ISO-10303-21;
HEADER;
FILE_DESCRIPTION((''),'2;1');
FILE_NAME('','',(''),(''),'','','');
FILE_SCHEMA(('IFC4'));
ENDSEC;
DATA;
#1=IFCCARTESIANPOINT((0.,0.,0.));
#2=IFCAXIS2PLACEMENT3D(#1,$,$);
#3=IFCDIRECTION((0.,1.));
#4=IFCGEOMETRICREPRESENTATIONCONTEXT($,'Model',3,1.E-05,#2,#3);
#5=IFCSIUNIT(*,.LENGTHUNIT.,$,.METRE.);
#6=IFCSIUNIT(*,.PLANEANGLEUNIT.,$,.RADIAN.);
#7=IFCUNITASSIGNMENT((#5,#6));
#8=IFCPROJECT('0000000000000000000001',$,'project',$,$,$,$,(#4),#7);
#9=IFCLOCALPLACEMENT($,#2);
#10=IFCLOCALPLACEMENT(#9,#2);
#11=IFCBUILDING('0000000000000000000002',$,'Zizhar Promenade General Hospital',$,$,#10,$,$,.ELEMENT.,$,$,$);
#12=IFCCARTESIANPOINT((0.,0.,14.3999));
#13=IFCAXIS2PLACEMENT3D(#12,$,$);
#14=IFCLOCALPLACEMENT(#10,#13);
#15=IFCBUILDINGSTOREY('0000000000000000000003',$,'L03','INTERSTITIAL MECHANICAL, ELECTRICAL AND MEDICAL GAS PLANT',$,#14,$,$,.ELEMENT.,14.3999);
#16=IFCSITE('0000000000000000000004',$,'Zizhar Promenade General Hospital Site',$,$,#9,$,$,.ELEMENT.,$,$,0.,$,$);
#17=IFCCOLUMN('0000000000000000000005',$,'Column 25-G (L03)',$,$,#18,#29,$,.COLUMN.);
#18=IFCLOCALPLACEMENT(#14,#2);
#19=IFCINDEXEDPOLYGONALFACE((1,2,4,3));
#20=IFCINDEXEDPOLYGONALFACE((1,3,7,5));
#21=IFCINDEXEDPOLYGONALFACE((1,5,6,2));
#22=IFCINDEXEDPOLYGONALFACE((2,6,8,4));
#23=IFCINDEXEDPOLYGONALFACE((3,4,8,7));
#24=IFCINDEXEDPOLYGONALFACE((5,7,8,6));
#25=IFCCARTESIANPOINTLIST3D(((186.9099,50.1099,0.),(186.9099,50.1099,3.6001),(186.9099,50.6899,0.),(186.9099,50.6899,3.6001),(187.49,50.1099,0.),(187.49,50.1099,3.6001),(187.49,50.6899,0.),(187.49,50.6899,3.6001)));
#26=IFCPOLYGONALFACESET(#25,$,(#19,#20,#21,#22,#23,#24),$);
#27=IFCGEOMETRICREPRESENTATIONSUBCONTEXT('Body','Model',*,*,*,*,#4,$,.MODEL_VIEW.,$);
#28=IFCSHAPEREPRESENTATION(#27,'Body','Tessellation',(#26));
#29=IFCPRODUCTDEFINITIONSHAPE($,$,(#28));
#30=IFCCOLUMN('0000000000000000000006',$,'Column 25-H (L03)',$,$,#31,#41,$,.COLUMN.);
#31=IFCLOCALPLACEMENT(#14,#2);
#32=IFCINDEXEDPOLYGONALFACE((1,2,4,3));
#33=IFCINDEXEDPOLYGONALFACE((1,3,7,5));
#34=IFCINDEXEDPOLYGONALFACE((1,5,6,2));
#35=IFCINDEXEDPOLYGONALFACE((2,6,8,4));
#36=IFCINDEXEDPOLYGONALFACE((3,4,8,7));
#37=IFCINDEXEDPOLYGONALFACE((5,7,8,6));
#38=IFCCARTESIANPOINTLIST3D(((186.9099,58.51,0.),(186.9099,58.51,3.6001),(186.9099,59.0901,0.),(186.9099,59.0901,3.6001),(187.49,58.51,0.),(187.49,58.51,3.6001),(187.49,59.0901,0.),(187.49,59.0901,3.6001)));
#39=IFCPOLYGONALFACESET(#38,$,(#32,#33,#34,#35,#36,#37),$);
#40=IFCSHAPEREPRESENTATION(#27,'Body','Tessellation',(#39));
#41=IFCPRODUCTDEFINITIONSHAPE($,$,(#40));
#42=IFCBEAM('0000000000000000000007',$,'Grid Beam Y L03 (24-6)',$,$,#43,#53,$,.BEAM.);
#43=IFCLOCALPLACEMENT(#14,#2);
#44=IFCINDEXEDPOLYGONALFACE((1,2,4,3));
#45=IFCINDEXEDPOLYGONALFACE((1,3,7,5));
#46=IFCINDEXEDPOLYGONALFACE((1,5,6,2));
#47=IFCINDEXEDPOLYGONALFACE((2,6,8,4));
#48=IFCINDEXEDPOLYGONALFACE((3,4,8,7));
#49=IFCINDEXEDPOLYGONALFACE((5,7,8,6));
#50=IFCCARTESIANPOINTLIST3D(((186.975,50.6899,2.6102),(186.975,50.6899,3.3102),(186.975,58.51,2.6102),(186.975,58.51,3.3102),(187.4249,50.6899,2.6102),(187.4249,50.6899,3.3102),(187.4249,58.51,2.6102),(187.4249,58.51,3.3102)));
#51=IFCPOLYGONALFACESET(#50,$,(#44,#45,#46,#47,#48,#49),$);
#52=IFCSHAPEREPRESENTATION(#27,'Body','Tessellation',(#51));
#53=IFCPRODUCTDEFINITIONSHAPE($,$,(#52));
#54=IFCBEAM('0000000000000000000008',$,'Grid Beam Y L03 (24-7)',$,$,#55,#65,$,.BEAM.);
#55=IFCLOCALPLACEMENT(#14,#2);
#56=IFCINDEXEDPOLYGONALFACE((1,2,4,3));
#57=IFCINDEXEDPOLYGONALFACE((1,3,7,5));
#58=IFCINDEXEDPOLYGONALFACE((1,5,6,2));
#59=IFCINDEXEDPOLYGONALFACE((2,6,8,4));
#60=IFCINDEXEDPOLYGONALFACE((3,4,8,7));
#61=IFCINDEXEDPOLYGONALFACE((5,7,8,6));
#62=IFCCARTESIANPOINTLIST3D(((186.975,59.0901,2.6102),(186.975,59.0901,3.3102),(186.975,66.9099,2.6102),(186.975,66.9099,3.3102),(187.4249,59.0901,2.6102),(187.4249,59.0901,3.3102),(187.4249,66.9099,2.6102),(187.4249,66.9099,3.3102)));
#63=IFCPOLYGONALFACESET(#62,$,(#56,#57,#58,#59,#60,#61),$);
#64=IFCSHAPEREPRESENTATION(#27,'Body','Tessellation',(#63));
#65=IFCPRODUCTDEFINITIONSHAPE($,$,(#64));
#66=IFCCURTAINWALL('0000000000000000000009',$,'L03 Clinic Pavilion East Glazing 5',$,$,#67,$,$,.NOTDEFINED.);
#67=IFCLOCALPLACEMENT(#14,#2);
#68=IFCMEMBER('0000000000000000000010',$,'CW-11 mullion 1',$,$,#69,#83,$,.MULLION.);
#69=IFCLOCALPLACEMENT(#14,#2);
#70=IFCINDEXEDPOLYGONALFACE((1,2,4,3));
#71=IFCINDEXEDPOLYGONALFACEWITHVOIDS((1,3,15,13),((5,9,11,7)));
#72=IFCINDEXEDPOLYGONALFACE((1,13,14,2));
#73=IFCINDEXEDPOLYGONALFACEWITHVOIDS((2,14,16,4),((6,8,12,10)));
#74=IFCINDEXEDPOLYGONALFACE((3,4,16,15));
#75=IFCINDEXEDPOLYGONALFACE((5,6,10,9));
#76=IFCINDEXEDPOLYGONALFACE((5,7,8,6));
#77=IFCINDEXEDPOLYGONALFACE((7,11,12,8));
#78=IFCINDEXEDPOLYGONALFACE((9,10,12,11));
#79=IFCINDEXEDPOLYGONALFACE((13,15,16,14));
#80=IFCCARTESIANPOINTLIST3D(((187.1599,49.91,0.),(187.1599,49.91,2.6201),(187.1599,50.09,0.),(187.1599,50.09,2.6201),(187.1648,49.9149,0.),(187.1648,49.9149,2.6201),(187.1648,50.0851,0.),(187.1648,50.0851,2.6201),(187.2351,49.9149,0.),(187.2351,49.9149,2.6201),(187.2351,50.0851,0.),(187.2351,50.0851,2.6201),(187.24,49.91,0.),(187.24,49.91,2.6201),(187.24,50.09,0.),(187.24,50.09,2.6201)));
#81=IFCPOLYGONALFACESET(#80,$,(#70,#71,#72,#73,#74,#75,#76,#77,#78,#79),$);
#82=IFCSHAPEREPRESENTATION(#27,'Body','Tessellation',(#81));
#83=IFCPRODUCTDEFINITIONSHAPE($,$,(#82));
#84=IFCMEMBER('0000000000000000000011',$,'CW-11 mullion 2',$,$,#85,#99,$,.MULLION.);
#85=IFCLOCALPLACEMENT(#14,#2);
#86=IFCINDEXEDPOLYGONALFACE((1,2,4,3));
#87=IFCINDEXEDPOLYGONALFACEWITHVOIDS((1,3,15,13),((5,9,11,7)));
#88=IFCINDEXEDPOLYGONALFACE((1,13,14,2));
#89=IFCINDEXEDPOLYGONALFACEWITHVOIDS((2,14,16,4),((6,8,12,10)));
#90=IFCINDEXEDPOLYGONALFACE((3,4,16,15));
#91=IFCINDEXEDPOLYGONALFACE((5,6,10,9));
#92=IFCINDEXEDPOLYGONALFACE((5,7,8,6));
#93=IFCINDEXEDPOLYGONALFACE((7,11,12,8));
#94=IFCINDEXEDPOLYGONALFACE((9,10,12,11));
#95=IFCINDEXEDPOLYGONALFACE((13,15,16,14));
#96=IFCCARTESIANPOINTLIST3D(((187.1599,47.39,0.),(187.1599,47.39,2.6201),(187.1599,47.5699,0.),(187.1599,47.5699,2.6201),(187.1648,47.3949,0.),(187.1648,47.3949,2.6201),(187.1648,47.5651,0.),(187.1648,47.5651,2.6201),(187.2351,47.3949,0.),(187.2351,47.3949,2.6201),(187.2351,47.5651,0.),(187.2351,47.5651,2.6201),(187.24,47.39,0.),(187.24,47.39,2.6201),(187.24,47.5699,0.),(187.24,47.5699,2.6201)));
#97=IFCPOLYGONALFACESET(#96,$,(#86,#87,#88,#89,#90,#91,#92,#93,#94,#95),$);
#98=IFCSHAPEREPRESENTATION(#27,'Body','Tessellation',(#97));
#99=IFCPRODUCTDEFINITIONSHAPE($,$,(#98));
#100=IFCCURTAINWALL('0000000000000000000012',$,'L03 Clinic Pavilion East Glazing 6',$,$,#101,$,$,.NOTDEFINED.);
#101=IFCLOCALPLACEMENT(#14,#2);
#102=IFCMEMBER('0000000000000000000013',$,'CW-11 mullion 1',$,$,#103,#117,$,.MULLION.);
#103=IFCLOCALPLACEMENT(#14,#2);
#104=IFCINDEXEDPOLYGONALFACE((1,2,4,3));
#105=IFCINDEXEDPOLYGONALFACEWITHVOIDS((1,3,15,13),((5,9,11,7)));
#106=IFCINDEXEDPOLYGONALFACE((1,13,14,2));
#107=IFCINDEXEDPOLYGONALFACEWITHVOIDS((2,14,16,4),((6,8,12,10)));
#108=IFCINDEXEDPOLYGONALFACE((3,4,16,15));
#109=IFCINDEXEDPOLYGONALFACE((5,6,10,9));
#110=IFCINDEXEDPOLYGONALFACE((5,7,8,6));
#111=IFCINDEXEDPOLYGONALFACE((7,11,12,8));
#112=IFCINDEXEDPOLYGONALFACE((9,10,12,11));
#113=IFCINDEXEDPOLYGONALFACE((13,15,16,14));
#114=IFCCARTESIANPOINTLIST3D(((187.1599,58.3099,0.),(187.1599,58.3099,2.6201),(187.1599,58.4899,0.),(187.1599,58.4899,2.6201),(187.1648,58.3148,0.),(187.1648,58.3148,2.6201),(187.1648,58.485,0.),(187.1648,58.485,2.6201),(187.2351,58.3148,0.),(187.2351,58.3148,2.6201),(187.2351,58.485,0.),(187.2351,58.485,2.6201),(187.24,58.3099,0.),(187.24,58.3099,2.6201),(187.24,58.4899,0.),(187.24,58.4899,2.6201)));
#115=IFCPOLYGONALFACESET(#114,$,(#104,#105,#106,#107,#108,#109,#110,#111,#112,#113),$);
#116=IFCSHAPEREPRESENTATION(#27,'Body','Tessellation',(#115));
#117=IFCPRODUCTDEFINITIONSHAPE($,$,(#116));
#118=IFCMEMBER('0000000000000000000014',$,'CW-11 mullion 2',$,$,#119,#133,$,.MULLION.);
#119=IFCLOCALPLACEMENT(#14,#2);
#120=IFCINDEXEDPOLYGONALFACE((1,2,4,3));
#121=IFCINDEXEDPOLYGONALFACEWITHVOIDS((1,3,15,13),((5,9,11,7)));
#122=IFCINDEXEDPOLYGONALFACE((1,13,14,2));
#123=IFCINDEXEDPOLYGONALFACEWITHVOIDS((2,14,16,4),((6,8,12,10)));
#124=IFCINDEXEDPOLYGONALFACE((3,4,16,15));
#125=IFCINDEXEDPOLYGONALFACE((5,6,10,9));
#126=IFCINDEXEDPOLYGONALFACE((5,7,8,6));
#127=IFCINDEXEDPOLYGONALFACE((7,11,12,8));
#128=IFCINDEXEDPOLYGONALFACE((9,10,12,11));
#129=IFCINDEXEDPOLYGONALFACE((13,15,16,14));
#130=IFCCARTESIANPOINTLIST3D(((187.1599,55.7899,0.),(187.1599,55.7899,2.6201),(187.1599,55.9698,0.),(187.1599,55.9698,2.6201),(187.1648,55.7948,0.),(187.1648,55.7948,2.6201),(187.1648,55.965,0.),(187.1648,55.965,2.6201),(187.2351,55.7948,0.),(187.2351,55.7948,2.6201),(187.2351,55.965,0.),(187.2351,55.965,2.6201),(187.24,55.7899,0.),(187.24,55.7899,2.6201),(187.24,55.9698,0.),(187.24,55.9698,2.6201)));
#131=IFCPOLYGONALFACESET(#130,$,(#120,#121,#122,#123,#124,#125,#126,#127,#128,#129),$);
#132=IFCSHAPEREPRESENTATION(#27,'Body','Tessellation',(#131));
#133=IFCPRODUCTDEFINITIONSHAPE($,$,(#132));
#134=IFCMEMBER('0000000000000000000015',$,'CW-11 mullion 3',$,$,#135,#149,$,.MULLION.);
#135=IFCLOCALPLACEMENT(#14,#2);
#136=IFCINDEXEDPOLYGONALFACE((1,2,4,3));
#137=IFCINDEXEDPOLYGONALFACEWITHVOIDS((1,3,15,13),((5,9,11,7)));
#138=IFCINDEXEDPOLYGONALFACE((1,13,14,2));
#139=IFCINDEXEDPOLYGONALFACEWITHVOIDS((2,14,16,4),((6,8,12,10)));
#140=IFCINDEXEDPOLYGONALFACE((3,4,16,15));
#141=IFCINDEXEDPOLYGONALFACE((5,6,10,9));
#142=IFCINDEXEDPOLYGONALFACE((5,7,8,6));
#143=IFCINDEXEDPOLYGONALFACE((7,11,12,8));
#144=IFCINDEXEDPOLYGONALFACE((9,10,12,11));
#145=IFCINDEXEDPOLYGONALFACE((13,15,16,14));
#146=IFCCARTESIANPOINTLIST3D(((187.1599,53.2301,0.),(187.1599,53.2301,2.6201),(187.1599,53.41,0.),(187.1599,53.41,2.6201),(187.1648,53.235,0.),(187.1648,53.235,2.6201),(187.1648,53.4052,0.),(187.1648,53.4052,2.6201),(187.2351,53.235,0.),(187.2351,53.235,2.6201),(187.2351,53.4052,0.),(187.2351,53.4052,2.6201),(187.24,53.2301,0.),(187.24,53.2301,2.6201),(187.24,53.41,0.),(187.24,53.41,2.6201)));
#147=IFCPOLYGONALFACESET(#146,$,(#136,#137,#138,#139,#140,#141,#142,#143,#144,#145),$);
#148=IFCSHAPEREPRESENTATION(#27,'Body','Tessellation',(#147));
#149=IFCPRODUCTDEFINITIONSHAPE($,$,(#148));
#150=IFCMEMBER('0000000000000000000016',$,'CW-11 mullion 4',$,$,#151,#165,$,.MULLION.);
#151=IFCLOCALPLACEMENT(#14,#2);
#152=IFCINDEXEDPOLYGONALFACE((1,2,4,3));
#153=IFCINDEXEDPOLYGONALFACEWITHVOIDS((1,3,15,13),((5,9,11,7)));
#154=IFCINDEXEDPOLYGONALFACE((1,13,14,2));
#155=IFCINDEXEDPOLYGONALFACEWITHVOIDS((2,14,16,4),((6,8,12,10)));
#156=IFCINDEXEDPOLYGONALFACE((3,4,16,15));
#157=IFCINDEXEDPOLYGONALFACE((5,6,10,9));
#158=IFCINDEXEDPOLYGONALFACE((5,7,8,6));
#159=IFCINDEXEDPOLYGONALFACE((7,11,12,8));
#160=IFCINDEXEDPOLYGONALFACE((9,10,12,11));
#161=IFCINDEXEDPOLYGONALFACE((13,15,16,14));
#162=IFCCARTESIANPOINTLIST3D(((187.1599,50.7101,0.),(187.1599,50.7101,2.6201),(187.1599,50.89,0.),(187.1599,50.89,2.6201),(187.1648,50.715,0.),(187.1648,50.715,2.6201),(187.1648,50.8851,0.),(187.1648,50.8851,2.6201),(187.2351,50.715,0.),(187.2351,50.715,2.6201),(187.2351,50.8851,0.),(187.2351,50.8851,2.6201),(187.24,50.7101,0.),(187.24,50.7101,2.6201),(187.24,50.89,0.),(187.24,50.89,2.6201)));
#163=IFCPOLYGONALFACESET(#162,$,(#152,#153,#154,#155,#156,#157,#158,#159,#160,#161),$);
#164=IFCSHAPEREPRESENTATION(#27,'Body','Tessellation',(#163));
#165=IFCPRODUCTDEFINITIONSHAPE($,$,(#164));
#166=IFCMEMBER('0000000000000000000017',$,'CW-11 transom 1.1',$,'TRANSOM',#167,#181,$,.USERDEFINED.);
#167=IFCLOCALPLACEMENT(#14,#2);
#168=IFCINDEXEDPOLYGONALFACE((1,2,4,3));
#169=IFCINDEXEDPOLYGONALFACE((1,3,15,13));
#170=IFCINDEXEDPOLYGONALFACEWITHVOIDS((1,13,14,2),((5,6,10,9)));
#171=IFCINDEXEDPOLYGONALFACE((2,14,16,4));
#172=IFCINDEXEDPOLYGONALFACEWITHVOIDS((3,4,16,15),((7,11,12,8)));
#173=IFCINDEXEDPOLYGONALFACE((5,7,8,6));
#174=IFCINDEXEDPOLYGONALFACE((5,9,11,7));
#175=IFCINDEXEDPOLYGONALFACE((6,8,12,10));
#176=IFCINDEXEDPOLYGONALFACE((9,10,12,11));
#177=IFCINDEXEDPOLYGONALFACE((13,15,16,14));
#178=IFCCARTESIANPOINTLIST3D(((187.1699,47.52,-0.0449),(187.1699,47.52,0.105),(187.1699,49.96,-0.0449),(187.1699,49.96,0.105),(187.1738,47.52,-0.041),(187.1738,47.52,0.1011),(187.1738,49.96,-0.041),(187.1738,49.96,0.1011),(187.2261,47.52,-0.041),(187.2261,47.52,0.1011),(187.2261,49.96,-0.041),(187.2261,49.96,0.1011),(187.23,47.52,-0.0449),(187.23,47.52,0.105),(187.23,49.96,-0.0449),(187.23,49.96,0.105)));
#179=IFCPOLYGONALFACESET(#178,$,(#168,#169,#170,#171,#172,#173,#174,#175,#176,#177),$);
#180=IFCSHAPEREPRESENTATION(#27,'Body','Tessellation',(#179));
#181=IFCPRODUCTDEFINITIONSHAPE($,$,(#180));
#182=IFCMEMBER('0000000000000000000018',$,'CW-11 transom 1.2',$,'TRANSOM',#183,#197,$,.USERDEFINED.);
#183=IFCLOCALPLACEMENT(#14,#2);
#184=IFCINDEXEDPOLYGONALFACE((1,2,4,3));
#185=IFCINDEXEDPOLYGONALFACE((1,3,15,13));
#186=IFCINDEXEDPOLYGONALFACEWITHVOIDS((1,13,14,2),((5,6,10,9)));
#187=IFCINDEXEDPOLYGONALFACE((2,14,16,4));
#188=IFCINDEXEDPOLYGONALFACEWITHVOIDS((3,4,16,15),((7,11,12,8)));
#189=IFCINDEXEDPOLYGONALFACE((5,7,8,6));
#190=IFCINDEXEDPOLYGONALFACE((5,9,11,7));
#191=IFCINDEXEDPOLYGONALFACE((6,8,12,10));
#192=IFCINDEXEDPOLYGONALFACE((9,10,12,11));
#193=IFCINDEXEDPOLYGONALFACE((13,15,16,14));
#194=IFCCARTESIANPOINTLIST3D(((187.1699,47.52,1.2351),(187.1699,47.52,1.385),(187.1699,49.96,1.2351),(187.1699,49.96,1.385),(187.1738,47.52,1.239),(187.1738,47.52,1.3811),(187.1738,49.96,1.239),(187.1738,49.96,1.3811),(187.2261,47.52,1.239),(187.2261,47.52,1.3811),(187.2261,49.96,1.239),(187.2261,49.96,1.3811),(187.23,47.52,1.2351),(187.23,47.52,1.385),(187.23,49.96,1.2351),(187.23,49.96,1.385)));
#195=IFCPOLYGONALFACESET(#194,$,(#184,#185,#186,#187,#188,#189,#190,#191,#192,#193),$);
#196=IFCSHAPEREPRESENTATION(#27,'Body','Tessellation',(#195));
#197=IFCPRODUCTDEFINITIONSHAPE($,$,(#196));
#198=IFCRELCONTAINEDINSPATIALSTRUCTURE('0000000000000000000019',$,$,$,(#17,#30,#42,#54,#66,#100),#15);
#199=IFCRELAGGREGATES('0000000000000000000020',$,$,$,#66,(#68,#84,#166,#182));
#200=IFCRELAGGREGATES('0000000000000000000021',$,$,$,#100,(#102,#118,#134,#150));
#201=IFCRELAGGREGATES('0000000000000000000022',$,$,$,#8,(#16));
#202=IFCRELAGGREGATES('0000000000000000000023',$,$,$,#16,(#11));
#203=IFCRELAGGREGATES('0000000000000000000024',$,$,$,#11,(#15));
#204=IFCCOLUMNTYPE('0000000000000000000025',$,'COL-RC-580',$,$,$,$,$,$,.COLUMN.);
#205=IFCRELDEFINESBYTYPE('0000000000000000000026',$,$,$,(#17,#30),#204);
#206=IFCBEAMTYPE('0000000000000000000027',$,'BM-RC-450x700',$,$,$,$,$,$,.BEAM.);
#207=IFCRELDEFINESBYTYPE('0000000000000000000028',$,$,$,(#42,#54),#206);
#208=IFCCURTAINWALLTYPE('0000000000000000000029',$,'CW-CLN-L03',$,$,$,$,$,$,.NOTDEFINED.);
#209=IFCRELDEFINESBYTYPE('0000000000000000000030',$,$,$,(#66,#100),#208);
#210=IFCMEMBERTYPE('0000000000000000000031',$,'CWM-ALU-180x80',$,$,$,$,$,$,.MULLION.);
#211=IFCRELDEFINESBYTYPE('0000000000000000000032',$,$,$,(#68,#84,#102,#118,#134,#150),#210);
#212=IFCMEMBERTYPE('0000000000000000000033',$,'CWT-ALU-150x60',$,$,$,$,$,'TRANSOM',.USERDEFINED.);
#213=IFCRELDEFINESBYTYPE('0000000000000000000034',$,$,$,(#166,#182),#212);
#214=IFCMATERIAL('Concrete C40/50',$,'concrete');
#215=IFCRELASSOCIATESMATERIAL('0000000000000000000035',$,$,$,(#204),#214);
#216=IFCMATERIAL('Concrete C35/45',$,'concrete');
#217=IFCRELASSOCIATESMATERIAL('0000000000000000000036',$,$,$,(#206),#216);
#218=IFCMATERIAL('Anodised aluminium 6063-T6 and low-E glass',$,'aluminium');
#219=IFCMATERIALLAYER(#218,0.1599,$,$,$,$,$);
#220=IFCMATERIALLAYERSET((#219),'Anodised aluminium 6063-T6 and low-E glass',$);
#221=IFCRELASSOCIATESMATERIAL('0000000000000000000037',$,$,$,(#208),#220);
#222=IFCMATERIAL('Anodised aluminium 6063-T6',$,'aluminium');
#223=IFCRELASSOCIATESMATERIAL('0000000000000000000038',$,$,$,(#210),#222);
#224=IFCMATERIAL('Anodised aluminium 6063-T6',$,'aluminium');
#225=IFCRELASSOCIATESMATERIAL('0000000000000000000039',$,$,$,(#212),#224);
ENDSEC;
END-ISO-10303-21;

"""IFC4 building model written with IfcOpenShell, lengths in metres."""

from ifc_helpers import new_model, si_unit, direction, frame, origin, origin_2d, place, context, subcontext, project, spatial, rectangle, hollow_rectangle, extrude, material, layer, layer_set, material_profile, profile_set, type_object, element, aggregate, save


model = new_model("IFC4")

# Units and contexts
model_context = context("Model", 3, precision=1e-05, world=origin(), true_north=direction((0.0, 1.0)))
body_context = subcontext(model_context, "Body", "Model", "MODEL_VIEW")
ifc_project = project(units=[si_unit("LENGTHUNIT", "METRE"), si_unit("PLANEANGLEUNIT", "RADIAN")], contexts=[model_context])

# Site, building, storey
site_placement = place(None, origin())
site = spatial("IfcSite", under=ifc_project, at=site_placement, Name="Zizhar Promenade General Hospital Site", CompositionType="ELEMENT", RefElevation=0.0)
building_placement = place(site_placement, origin())
building = spatial("IfcBuilding", under=site, at=building_placement, Name="Zizhar Promenade General Hospital", CompositionType="ELEMENT")
storey_placement = place(building_placement, frame((0.0, 0.0, 14.3999)))
storey = spatial("IfcBuildingStorey", under=building, at=storey_placement, Name="L03", Description="INTERSTITIAL MECHANICAL, ELECTRICAL AND MEDICAL GAS PLANT", CompositionType="ELEMENT", Elevation=14.3999)

# Columns
ifc_material_1 = material(Name="Concrete C40/50", Category="concrete")
ifc_material_profile_1 = material_profile(ifc_material_1, rectangle(XDim=0.5801, YDim=0.5801, at=origin_2d()))
ifc_profile_set_1 = profile_set([ifc_material_profile_1], Name="Concrete C40/50")
column_type = type_object("IfcColumnType", Name="COL-RC-580", PredefinedType="COLUMN", material=ifc_profile_set_1)
for number, where, z_axis, x_axis, name in (
    (1, (187.2, 50.3999, 0.0), (0.0, 0.0, 1.0), (1.0, 0.0, 0.0), "Column 25-G (L03)"),
    (2, (187.2, 58.8, 0.0), (0.0, 0.0, 1.0), (1.0, 0.0, 0.0), "Column 25-H (L03)"),
):
    element("IfcColumn", number, at=place(storey_placement, frame(where, z_axis=z_axis, x_axis=x_axis)), inside=storey, type_object=column_type, Name=name, PredefinedType="COLUMN", context=body_context, shape_type="SweptSolid", body=[
        extrude(rectangle(XDim=0.5801, YDim=0.5801, at=origin_2d()), origin(), (0.0, 0.0, 1.0), 3.6001),
    ])

# Beams
ifc_material_2 = material(Name="Concrete C35/45", Category="concrete")
ifc_material_profile_2 = material_profile(ifc_material_2, rectangle(XDim=0.45, YDim=0.7, at=origin_2d()))
ifc_profile_set_2 = profile_set([ifc_material_profile_2], Name="Concrete C35/45")
beam_type = type_object("IfcBeamType", Name="BM-RC-450x700", PredefinedType="BEAM", material=ifc_profile_set_2)
beam_1_placement = place(storey_placement, frame((187.2, 50.6899, 2.9602), z_axis=(0.0, 1.0, 0.0), x_axis=(-1.0, 0.0, 0.0)))
element("IfcBeam", 3, at=beam_1_placement, inside=storey, type_object=beam_type, Name="Grid Beam Y L03 (24-6)", PredefinedType="BEAM", context=body_context, shape_type="SweptSolid", body=[
    extrude(rectangle(XDim=0.45, YDim=0.7, at=origin_2d()), origin(), (0.0, 0.0, 1.0), 7.8201),
])
beam_2_placement = place(storey_placement, frame((187.2, 59.0901, 2.9602), z_axis=(0.0, 1.0, 0.0), x_axis=(-1.0, 0.0, 0.0)))
element("IfcBeam", 4, at=beam_2_placement, inside=storey, type_object=beam_type, Name="Grid Beam Y L03 (24-7)", PredefinedType="BEAM", context=body_context, shape_type="SweptSolid", body=[
    extrude(rectangle(XDim=0.45, YDim=0.7, at=origin_2d()), origin(), (0.0, 0.0, 1.0), 7.8198),
])

# Curtain walls, members
ifc_material_3 = material(Name="Anodised aluminium 6063-T6 and low-E glass", Category="aluminium")
ifc_layer_1 = layer(ifc_material_3, 0.1599)
ifc_layer_set_1 = layer_set([ifc_layer_1], Name="Anodised aluminium 6063-T6 and low-E glass")
curtain_wall_type = type_object("IfcCurtainWallType", Name="CW-CLN-L03", PredefinedType="NOTDEFINED", material=ifc_layer_set_1)
curtain_wall_1_placement = place(storey_placement, origin())
curtain_wall_1 = element("IfcCurtainWall", 5, at=curtain_wall_1_placement, inside=storey, type_object=curtain_wall_type, Name="L03 Clinic Pavilion East Glazing 5", PredefinedType="NOTDEFINED")
ifc_material_4 = material(Name="Anodised aluminium 6063-T6", Category="aluminium")
ifc_material_profile_3 = material_profile(ifc_material_4, hollow_rectangle(XDim=0.0801, YDim=0.1799, WallThickness=0.0049, at=origin_2d()))
ifc_profile_set_3 = profile_set([ifc_material_profile_3], Name="Anodised aluminium 6063-T6")
member_type_1 = type_object("IfcMemberType", Name="CWM-ALU-180x80", PredefinedType="MULLION", material=ifc_profile_set_3)
member_1_placement = place(storey_placement, frame((187.2, 50.0, 0.0), z_axis=(0.0, 0.0, 1.0), x_axis=(1.0, 0.0, 0.0)))
member_1 = element("IfcMember", 6, at=member_1_placement, type_object=member_type_1, Name="CW-11 mullion 1", PredefinedType="MULLION", context=body_context, shape_type="SweptSolid", body=[
    extrude(hollow_rectangle(XDim=0.0801, YDim=0.1799, WallThickness=0.0049, at=origin_2d()), origin(), (0.0, 0.0, 1.0), 2.6201),
])
member_2_placement = place(storey_placement, frame((187.2, 47.48, 0.0), z_axis=(0.0, 0.0, 1.0), x_axis=(1.0, 0.0, 0.0)))
member_2 = element("IfcMember", 7, at=member_2_placement, type_object=member_type_1, Name="CW-11 mullion 2", PredefinedType="MULLION", context=body_context, shape_type="SweptSolid", body=[
    extrude(hollow_rectangle(XDim=0.0801, YDim=0.1799, WallThickness=0.0049, at=origin_2d()), origin(), (0.0, 0.0, 1.0), 2.6201),
])
curtain_wall_2_placement = place(storey_placement, origin())
curtain_wall_2 = element("IfcCurtainWall", 8, at=curtain_wall_2_placement, inside=storey, type_object=curtain_wall_type, Name="L03 Clinic Pavilion East Glazing 6", PredefinedType="NOTDEFINED")
member_3_placement = place(storey_placement, frame((187.2, 58.3999, 0.0), z_axis=(0.0, 0.0, 1.0), x_axis=(1.0, 0.0, 0.0)))
member_3 = element("IfcMember", 9, at=member_3_placement, type_object=member_type_1, Name="CW-11 mullion 1", PredefinedType="MULLION", context=body_context, shape_type="SweptSolid", body=[
    extrude(hollow_rectangle(XDim=0.0801, YDim=0.1799, WallThickness=0.0049, at=origin_2d()), origin(), (0.0, 0.0, 1.0), 2.6201),
])
member_4_placement = place(storey_placement, frame((187.2, 55.8799, 0.0), z_axis=(0.0, 0.0, 1.0), x_axis=(1.0, 0.0, 0.0)))
member_4 = element("IfcMember", 10, at=member_4_placement, type_object=member_type_1, Name="CW-11 mullion 2", PredefinedType="MULLION", context=body_context, shape_type="SweptSolid", body=[
    extrude(hollow_rectangle(XDim=0.0801, YDim=0.1799, WallThickness=0.0049, at=origin_2d()), origin(), (0.0, 0.0, 1.0), 2.6201),
])
member_5_placement = place(storey_placement, frame((187.2, 53.3201, 0.0), z_axis=(0.0, 0.0, 1.0), x_axis=(1.0, 0.0, 0.0)))
member_5 = element("IfcMember", 11, at=member_5_placement, type_object=member_type_1, Name="CW-11 mullion 3", PredefinedType="MULLION", context=body_context, shape_type="SweptSolid", body=[
    extrude(hollow_rectangle(XDim=0.0801, YDim=0.1799, WallThickness=0.0049, at=origin_2d()), origin(), (0.0, 0.0, 1.0), 2.6201),
])
member_6_placement = place(storey_placement, frame((187.2, 50.8, 0.0), z_axis=(0.0, 0.0, 1.0), x_axis=(1.0, 0.0, 0.0)))
member_6 = element("IfcMember", 12, at=member_6_placement, type_object=member_type_1, Name="CW-11 mullion 4", PredefinedType="MULLION", context=body_context, shape_type="SweptSolid", body=[
    extrude(hollow_rectangle(XDim=0.0801, YDim=0.1799, WallThickness=0.0049, at=origin_2d()), origin(), (0.0, 0.0, 1.0), 2.6201),
])

# Members
ifc_material_5 = material(Name="Anodised aluminium 6063-T6", Category="aluminium")
ifc_material_profile_4 = material_profile(ifc_material_5, hollow_rectangle(XDim=0.0601, YDim=0.1499, WallThickness=0.0039, at=origin_2d()))
ifc_profile_set_4 = profile_set([ifc_material_profile_4], Name="Anodised aluminium 6063-T6")
member_type_2 = type_object("IfcMemberType", Name="CWT-ALU-150x60", ElementType="TRANSOM", PredefinedType="USERDEFINED", material=ifc_profile_set_4)
member_7_placement = place(storey_placement, frame((187.2, 49.96, 0.03), z_axis=(0.0, -1.0, 0.0), x_axis=(1.0, 0.0, 0.0)))
member_7 = element("IfcMember", 13, at=member_7_placement, type_object=member_type_2, Name="CW-11 transom 1.1", ObjectType="TRANSOM", PredefinedType="USERDEFINED", context=body_context, shape_type="SweptSolid", body=[
    extrude(hollow_rectangle(XDim=0.0601, YDim=0.1499, WallThickness=0.0039, at=origin_2d()), origin(), (0.0, 0.0, 1.0), 2.4399),
])
member_8_placement = place(storey_placement, frame((187.2, 49.96, 1.3101), z_axis=(0.0, -1.0, 0.0), x_axis=(1.0, 0.0, 0.0)))
member_8 = element("IfcMember", 14, at=member_8_placement, type_object=member_type_2, Name="CW-11 transom 1.2", ObjectType="TRANSOM", PredefinedType="USERDEFINED", context=body_context, shape_type="SweptSolid", body=[
    extrude(hollow_rectangle(XDim=0.0601, YDim=0.1499, WallThickness=0.0039, at=origin_2d()), origin(), (0.0, 0.0, 1.0), 2.4399),
])

aggregate(curtain_wall_1, [member_1, member_2, member_7, member_8])
aggregate(curtain_wall_2, [member_3, member_4, member_5, member_6])

save(model, "model.ifc")
